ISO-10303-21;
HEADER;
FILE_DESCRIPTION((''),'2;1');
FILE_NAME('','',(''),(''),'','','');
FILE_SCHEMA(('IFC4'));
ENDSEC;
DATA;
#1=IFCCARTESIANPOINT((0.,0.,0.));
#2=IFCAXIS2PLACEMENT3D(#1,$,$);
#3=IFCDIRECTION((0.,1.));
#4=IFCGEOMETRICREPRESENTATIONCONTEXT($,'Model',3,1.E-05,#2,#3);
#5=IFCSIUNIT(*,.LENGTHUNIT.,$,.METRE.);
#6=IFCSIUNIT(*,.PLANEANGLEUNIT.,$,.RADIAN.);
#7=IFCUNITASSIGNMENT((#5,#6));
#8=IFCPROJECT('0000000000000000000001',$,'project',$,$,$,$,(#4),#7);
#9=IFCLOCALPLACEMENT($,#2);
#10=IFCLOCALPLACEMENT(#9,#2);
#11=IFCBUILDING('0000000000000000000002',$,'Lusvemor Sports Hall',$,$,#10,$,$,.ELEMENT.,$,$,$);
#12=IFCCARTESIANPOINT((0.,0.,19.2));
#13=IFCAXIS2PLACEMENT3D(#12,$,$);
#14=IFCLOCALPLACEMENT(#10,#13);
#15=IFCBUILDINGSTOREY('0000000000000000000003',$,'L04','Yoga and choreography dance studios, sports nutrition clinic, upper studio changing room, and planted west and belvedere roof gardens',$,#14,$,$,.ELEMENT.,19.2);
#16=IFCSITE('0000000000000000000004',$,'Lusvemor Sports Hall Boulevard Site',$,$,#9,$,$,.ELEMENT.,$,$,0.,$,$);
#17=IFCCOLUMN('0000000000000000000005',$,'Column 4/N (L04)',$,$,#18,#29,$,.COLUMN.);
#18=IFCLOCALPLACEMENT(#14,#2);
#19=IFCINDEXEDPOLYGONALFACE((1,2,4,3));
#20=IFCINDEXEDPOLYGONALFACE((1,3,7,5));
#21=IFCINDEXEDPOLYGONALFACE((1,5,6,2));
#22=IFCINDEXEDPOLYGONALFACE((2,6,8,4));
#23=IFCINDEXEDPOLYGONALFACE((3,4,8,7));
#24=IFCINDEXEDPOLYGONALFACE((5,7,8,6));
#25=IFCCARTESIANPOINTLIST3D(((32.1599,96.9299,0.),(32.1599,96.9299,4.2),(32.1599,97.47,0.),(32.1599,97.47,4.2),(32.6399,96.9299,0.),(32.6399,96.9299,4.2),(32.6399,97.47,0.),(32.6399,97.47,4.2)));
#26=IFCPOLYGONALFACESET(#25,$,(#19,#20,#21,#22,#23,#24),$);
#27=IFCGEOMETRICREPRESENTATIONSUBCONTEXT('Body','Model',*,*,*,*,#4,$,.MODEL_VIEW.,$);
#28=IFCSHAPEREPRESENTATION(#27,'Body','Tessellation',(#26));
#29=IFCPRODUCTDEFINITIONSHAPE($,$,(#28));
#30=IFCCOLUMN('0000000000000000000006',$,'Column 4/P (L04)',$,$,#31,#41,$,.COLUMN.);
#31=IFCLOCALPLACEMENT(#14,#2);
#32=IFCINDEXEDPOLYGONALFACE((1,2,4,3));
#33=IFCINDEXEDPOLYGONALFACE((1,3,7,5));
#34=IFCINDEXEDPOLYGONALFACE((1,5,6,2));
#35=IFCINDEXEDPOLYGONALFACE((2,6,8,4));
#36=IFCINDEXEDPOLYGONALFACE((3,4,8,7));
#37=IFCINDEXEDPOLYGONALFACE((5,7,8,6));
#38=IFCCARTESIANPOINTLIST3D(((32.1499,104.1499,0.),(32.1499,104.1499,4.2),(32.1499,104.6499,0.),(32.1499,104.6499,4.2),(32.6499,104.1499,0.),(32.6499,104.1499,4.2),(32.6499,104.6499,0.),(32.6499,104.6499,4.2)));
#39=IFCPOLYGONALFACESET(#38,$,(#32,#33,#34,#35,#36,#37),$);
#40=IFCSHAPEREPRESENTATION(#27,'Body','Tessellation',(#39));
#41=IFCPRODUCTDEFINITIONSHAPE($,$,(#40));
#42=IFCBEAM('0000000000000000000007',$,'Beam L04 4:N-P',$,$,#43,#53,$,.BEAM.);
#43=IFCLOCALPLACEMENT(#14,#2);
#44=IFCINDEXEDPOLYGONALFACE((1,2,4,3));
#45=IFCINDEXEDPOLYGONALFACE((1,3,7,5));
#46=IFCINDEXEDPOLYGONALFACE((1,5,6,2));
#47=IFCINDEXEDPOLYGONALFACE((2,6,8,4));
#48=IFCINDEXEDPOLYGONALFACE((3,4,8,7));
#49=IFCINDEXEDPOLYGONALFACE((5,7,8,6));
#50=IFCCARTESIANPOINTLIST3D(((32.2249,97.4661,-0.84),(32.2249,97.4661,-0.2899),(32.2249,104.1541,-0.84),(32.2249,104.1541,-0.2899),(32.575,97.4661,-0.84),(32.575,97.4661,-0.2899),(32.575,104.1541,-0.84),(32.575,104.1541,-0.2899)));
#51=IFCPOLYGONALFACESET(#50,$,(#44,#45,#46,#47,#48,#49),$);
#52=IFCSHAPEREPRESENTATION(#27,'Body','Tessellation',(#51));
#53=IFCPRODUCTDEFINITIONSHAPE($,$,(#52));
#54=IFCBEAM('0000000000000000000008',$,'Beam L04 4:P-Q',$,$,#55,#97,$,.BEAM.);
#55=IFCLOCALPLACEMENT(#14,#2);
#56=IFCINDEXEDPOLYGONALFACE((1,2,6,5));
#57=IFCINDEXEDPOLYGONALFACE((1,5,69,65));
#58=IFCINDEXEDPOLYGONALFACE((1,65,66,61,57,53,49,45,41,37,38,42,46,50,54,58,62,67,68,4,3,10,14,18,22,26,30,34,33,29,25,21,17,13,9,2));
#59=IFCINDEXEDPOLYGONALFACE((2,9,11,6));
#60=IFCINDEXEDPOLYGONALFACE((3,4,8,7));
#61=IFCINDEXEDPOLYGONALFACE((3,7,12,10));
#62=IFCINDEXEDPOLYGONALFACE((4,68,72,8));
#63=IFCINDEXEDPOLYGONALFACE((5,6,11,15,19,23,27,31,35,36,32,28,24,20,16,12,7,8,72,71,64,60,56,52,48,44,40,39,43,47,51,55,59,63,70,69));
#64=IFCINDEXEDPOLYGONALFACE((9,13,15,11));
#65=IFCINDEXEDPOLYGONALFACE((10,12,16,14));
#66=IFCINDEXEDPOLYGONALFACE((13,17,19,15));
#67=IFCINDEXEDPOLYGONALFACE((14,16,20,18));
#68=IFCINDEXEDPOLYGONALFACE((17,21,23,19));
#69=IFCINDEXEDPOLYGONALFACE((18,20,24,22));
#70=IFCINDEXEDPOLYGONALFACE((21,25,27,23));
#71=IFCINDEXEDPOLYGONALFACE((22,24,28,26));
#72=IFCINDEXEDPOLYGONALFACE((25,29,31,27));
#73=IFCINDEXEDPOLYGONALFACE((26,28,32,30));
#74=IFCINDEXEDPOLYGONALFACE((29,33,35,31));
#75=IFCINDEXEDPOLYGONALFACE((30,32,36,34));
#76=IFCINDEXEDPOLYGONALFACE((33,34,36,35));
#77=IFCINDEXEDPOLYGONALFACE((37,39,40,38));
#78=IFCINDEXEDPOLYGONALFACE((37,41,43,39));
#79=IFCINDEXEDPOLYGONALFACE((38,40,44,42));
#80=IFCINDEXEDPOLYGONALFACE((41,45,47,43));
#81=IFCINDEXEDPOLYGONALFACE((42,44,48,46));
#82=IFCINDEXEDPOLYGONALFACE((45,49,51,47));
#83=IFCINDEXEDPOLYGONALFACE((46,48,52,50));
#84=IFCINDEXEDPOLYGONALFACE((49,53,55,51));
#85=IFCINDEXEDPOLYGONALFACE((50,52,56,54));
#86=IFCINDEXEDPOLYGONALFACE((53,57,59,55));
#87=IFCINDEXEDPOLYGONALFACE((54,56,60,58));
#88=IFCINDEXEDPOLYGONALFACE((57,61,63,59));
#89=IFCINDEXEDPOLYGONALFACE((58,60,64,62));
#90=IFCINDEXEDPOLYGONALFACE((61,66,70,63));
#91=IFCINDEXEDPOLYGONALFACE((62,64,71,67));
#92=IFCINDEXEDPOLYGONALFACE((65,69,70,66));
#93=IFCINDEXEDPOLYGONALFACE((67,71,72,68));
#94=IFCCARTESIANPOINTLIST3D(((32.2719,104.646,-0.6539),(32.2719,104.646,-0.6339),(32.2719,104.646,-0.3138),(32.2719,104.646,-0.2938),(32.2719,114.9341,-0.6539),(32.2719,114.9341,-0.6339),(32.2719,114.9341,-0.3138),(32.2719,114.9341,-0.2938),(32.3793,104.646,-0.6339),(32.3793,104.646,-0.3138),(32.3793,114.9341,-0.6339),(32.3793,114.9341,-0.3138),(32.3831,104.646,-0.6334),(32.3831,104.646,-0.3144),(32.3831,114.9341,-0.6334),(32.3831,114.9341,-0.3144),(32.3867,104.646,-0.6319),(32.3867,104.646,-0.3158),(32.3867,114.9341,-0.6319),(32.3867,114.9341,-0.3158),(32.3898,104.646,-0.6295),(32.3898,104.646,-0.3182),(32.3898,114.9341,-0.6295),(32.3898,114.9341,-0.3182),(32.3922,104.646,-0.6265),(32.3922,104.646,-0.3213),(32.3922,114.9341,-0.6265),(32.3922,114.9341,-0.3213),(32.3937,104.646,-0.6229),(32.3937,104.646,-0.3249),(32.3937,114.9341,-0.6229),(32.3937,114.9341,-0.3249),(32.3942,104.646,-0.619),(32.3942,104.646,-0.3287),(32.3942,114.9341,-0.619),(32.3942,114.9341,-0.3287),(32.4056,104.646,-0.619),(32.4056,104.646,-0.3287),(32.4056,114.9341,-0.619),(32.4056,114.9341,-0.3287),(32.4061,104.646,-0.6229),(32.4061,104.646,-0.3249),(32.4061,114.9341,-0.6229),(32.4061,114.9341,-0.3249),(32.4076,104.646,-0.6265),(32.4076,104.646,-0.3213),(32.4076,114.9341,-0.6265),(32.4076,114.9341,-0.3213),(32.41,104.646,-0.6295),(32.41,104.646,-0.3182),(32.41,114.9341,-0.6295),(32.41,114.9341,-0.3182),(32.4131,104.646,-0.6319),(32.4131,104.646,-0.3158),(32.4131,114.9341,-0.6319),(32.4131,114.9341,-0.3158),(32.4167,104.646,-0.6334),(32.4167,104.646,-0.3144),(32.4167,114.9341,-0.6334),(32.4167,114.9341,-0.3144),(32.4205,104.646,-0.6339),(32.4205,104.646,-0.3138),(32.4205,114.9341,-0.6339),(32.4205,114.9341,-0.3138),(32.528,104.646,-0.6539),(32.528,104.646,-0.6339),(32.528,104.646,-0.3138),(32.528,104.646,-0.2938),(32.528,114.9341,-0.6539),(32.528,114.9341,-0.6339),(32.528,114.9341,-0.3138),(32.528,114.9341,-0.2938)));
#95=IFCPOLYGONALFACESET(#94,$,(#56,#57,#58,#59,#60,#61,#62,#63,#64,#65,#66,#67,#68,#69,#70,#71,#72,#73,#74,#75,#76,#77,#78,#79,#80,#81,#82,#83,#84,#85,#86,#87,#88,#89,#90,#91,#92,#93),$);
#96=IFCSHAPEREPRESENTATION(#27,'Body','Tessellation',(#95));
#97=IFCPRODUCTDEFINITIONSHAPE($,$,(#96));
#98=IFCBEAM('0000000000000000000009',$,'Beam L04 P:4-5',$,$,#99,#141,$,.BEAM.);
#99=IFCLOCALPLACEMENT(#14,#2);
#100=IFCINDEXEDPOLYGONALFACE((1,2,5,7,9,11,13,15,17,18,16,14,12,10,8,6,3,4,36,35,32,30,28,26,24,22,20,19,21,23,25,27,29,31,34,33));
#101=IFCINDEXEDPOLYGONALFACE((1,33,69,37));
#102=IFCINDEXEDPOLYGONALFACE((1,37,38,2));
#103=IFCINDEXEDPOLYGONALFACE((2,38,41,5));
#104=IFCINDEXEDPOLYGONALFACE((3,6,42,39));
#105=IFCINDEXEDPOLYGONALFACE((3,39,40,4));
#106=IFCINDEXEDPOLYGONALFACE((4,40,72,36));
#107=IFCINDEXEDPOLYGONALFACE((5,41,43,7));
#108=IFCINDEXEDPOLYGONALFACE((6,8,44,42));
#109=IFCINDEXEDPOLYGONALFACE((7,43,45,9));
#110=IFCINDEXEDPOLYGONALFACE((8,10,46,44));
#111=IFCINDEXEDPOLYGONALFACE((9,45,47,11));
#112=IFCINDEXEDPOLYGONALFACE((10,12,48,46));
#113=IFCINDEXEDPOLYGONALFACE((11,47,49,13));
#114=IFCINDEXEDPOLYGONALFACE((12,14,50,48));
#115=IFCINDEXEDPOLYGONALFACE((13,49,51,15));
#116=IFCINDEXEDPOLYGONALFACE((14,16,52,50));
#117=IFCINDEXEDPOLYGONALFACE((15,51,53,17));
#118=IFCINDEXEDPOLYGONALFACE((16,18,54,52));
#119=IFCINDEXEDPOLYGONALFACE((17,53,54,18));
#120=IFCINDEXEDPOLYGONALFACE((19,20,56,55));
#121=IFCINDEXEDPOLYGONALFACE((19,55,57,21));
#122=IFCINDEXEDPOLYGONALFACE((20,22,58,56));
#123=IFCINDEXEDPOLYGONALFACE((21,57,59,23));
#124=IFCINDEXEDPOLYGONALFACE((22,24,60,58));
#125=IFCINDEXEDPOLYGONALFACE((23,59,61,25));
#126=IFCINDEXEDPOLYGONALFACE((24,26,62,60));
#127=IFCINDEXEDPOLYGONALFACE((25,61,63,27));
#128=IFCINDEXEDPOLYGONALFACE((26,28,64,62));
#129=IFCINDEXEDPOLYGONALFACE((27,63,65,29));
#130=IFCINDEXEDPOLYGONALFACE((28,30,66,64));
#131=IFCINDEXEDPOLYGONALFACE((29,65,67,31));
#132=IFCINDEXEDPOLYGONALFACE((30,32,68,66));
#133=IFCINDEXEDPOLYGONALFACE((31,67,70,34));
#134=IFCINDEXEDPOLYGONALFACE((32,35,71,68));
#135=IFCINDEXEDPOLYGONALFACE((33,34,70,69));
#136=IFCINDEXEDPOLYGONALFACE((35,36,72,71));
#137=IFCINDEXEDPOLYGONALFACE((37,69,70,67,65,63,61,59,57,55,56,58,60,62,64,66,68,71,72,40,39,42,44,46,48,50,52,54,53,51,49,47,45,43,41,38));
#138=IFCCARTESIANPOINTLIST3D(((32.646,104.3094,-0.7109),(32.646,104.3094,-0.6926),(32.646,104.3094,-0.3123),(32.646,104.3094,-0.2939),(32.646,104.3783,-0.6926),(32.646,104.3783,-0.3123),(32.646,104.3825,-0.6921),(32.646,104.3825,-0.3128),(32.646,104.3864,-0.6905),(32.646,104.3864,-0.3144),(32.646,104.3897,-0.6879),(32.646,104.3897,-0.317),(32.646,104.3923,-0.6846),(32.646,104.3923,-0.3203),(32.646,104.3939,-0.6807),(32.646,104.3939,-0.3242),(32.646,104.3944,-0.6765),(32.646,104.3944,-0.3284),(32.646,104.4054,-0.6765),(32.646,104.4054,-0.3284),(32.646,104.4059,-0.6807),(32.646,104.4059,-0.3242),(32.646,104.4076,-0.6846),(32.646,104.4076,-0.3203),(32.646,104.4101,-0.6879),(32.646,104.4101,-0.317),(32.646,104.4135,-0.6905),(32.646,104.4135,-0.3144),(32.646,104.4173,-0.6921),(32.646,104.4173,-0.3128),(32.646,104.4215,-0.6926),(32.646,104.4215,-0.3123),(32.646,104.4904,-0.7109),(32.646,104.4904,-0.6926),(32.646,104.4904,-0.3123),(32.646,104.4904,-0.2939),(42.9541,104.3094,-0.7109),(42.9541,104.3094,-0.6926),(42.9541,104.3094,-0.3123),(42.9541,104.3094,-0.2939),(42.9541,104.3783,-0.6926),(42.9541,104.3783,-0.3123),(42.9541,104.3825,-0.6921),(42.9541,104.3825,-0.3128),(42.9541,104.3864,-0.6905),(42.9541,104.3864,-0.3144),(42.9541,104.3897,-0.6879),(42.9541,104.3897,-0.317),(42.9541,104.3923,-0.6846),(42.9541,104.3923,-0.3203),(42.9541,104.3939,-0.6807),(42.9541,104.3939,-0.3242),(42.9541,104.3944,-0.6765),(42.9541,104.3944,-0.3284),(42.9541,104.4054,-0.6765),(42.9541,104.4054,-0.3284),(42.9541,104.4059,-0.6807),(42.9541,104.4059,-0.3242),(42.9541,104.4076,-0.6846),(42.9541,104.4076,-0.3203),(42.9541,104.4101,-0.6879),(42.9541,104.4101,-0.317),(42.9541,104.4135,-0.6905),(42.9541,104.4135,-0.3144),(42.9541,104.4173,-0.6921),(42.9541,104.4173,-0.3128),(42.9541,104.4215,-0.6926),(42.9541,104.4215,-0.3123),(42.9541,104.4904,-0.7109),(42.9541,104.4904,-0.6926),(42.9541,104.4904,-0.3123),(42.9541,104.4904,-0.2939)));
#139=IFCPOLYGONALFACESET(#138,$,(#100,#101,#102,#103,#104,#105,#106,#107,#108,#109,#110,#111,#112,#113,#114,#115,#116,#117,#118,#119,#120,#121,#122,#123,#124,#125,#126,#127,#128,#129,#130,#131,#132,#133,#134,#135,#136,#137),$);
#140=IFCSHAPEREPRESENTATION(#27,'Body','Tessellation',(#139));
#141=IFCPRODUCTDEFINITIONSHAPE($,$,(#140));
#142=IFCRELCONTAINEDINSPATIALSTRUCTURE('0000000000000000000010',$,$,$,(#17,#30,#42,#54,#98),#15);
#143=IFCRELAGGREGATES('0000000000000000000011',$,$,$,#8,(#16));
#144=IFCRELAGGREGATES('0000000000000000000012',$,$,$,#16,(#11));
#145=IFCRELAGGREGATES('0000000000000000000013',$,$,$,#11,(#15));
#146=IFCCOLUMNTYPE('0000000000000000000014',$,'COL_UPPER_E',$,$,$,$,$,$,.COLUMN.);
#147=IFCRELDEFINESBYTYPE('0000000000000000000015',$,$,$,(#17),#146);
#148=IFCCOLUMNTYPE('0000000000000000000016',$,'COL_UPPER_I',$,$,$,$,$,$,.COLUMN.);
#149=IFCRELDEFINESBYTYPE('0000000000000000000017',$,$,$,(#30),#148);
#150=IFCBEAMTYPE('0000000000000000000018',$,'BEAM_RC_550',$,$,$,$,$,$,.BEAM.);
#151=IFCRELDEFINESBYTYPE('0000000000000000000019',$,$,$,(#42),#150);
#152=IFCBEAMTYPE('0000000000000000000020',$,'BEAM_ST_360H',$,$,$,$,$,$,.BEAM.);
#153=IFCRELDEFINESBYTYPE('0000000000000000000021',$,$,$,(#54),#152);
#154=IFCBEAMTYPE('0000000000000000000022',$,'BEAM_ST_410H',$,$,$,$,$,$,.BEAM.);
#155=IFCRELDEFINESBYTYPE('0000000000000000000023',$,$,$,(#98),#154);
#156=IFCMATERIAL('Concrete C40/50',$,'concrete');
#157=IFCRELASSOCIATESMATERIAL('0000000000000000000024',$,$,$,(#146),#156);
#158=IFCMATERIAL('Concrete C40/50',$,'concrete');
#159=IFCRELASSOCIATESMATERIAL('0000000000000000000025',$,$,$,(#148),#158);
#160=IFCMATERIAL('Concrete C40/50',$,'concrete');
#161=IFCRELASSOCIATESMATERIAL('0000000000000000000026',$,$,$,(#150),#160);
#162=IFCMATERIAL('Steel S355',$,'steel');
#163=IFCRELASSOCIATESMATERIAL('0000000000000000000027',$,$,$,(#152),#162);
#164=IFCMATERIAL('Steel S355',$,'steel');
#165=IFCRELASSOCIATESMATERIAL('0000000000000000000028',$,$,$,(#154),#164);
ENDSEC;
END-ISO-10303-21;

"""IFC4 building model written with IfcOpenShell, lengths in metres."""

from ifc_helpers import new_model, si_unit, direction, frame, origin, origin_2d, place, context, subcontext, project, spatial, rectangle, i_section, extrude, material, material_profile, profile_set, type_object, element, save


model = new_model("IFC4")

# Units and contexts
model_context = context("Model", 3, precision=1e-05, world=origin(), true_north=direction((0.0, 1.0)))
body_context = subcontext(model_context, "Body", "Model", "MODEL_VIEW")
ifc_project = project(units=[si_unit("LENGTHUNIT", "METRE"), si_unit("PLANEANGLEUNIT", "RADIAN")], contexts=[model_context])

# Site, building, storey
site_placement = place(None, origin())
site = spatial("IfcSite", under=ifc_project, at=site_placement, Name="Lusvemor Sports Hall Boulevard Site", CompositionType="ELEMENT", RefElevation=0.0)
building_placement = place(site_placement, origin())
building = spatial("IfcBuilding", under=site, at=building_placement, Name="Lusvemor Sports Hall", CompositionType="ELEMENT")
storey_placement = place(building_placement, frame((0.0, 0.0, 19.2)))
storey = spatial("IfcBuildingStorey", under=building, at=storey_placement, Name="L04", Description="Yoga and choreography dance studios, sports nutrition clinic, upper studio changing room, and planted west and belvedere roof gardens", CompositionType="ELEMENT", Elevation=19.2)

# Columns
ifc_material_1 = material(Name="Concrete C40/50", Category="concrete")
ifc_material_profile_1 = material_profile(ifc_material_1, rectangle(XDim=0.48, YDim=0.54, at=origin_2d()), Name="RC480x540")
ifc_profile_set_1 = profile_set([ifc_material_profile_1], Name="Concrete C40/50")
column_type_1 = type_object("IfcColumnType", Name="COL_UPPER_E", PredefinedType="COLUMN", material=ifc_profile_set_1)
column_1_placement = place(storey_placement, frame((32.3999, 97.2, 0.0), z_axis=(0.0, 0.0, 1.0), x_axis=(1.0, 0.0, 0.0)))
element("IfcColumn", 1, at=column_1_placement, inside=storey, type_object=column_type_1, Name="Column 4/N (L04)", PredefinedType="COLUMN", context=body_context, shape_type="SweptSolid", body=[
    extrude(rectangle(XDim=0.48, YDim=0.54, at=origin_2d()), origin(), (0.0, 0.0, 1.0), 4.2),
])
ifc_material_2 = material(Name="Concrete C40/50", Category="concrete")
ifc_material_profile_2 = material_profile(ifc_material_2, rectangle(XDim=0.5, YDim=0.5, at=origin_2d()), Name="RC500x500")
ifc_profile_set_2 = profile_set([ifc_material_profile_2], Name="Concrete C40/50")
column_type_2 = type_object("IfcColumnType", Name="COL_UPPER_I", PredefinedType="COLUMN", material=ifc_profile_set_2)
column_2_placement = place(storey_placement, frame((32.3999, 104.3999, 0.0), z_axis=(0.0, 0.0, 1.0), x_axis=(1.0, 0.0, 0.0)))
element("IfcColumn", 2, at=column_2_placement, inside=storey, type_object=column_type_2, Name="Column 4/P (L04)", PredefinedType="COLUMN", context=body_context, shape_type="SweptSolid", body=[
    extrude(rectangle(XDim=0.5, YDim=0.5, at=origin_2d()), origin(), (0.0, 0.0, 1.0), 4.2),
])

# Beams
ifc_material_3 = material(Name="Concrete C40/50", Category="concrete")
ifc_material_profile_3 = material_profile(ifc_material_3, rectangle(XDim=0.3501, YDim=0.55, at=origin_2d()), Name="RC350x550")
ifc_profile_set_3 = profile_set([ifc_material_profile_3], Name="Concrete C40/50")
beam_type_1 = type_object("IfcBeamType", Name="BEAM_RC_550", PredefinedType="BEAM", material=ifc_profile_set_3)
beam_1_placement = place(storey_placement, frame((32.3999, 97.4661, -0.5649), z_axis=(0.0, 1.0, 0.0), x_axis=(-1.0, 0.0, 0.0)))
element("IfcBeam", 3, at=beam_1_placement, inside=storey, type_object=beam_type_1, Name="Beam L04 4:N-P", PredefinedType="BEAM", context=body_context, shape_type="SweptSolid", body=[
    extrude(rectangle(XDim=0.3501, YDim=0.55, at=origin_2d()), origin(), (0.0, 0.0, 1.0), 6.688),
])
ifc_material_4 = material(Name="Steel S355", Category="steel")
ifc_material_profile_4 = material_profile(ifc_material_4, i_section(OverallWidth=0.2561, OverallDepth=0.3601, WebThickness=0.0115, FlangeThickness=0.02, FilletRadius=0.0149, at=origin_2d()), Name="W360x110.0")
ifc_profile_set_4 = profile_set([ifc_material_profile_4], Name="Steel S355")
beam_type_2 = type_object("IfcBeamType", Name="BEAM_ST_360H", PredefinedType="BEAM", material=ifc_profile_set_4)
beam_2_placement = place(storey_placement, frame((32.3999, 104.646, -0.4739), z_axis=(0.0, 1.0, 0.0), x_axis=(-1.0, 0.0, 0.0)))
element("IfcBeam", 4, at=beam_2_placement, inside=storey, type_object=beam_type_2, Name="Beam L04 4:P-Q", PredefinedType="BEAM", context=body_context, shape_type="SweptSolid", body=[
    extrude(i_section(OverallWidth=0.2561, OverallDepth=0.3601, WebThickness=0.0115, FlangeThickness=0.02, FilletRadius=0.0149, at=origin_2d()), origin(), (0.0, 0.0, 1.0), 10.2881),
])
ifc_material_5 = material(Name="Steel S355", Category="steel")
ifc_material_profile_5 = material_profile(ifc_material_5, i_section(OverallWidth=0.1809, OverallDepth=0.417, WebThickness=0.011, FlangeThickness=0.0183, FilletRadius=0.0161, at=origin_2d()), Name="W410x85.0")
ifc_profile_set_5 = profile_set([ifc_material_profile_5], Name="Steel S355")
beam_type_3 = type_object("IfcBeamType", Name="BEAM_ST_410H", PredefinedType="BEAM", material=ifc_profile_set_5)
beam_3_placement = place(storey_placement, frame((32.646, 104.3999, -0.5024), z_axis=(1.0, 0.0, 0.0), x_axis=(0.0, 1.0, 0.0)))
element("IfcBeam", 5, at=beam_3_placement, inside=storey, type_object=beam_type_3, Name="Beam L04 P:4-5", PredefinedType="BEAM", context=body_context, shape_type="SweptSolid", body=[
    extrude(i_section(OverallWidth=0.1809, OverallDepth=0.417, WebThickness=0.011, FlangeThickness=0.0183, FilletRadius=0.0161, at=origin_2d()), origin(), (0.0, 0.0, 1.0), 10.3081),
])

save(model, "model.ifc")
